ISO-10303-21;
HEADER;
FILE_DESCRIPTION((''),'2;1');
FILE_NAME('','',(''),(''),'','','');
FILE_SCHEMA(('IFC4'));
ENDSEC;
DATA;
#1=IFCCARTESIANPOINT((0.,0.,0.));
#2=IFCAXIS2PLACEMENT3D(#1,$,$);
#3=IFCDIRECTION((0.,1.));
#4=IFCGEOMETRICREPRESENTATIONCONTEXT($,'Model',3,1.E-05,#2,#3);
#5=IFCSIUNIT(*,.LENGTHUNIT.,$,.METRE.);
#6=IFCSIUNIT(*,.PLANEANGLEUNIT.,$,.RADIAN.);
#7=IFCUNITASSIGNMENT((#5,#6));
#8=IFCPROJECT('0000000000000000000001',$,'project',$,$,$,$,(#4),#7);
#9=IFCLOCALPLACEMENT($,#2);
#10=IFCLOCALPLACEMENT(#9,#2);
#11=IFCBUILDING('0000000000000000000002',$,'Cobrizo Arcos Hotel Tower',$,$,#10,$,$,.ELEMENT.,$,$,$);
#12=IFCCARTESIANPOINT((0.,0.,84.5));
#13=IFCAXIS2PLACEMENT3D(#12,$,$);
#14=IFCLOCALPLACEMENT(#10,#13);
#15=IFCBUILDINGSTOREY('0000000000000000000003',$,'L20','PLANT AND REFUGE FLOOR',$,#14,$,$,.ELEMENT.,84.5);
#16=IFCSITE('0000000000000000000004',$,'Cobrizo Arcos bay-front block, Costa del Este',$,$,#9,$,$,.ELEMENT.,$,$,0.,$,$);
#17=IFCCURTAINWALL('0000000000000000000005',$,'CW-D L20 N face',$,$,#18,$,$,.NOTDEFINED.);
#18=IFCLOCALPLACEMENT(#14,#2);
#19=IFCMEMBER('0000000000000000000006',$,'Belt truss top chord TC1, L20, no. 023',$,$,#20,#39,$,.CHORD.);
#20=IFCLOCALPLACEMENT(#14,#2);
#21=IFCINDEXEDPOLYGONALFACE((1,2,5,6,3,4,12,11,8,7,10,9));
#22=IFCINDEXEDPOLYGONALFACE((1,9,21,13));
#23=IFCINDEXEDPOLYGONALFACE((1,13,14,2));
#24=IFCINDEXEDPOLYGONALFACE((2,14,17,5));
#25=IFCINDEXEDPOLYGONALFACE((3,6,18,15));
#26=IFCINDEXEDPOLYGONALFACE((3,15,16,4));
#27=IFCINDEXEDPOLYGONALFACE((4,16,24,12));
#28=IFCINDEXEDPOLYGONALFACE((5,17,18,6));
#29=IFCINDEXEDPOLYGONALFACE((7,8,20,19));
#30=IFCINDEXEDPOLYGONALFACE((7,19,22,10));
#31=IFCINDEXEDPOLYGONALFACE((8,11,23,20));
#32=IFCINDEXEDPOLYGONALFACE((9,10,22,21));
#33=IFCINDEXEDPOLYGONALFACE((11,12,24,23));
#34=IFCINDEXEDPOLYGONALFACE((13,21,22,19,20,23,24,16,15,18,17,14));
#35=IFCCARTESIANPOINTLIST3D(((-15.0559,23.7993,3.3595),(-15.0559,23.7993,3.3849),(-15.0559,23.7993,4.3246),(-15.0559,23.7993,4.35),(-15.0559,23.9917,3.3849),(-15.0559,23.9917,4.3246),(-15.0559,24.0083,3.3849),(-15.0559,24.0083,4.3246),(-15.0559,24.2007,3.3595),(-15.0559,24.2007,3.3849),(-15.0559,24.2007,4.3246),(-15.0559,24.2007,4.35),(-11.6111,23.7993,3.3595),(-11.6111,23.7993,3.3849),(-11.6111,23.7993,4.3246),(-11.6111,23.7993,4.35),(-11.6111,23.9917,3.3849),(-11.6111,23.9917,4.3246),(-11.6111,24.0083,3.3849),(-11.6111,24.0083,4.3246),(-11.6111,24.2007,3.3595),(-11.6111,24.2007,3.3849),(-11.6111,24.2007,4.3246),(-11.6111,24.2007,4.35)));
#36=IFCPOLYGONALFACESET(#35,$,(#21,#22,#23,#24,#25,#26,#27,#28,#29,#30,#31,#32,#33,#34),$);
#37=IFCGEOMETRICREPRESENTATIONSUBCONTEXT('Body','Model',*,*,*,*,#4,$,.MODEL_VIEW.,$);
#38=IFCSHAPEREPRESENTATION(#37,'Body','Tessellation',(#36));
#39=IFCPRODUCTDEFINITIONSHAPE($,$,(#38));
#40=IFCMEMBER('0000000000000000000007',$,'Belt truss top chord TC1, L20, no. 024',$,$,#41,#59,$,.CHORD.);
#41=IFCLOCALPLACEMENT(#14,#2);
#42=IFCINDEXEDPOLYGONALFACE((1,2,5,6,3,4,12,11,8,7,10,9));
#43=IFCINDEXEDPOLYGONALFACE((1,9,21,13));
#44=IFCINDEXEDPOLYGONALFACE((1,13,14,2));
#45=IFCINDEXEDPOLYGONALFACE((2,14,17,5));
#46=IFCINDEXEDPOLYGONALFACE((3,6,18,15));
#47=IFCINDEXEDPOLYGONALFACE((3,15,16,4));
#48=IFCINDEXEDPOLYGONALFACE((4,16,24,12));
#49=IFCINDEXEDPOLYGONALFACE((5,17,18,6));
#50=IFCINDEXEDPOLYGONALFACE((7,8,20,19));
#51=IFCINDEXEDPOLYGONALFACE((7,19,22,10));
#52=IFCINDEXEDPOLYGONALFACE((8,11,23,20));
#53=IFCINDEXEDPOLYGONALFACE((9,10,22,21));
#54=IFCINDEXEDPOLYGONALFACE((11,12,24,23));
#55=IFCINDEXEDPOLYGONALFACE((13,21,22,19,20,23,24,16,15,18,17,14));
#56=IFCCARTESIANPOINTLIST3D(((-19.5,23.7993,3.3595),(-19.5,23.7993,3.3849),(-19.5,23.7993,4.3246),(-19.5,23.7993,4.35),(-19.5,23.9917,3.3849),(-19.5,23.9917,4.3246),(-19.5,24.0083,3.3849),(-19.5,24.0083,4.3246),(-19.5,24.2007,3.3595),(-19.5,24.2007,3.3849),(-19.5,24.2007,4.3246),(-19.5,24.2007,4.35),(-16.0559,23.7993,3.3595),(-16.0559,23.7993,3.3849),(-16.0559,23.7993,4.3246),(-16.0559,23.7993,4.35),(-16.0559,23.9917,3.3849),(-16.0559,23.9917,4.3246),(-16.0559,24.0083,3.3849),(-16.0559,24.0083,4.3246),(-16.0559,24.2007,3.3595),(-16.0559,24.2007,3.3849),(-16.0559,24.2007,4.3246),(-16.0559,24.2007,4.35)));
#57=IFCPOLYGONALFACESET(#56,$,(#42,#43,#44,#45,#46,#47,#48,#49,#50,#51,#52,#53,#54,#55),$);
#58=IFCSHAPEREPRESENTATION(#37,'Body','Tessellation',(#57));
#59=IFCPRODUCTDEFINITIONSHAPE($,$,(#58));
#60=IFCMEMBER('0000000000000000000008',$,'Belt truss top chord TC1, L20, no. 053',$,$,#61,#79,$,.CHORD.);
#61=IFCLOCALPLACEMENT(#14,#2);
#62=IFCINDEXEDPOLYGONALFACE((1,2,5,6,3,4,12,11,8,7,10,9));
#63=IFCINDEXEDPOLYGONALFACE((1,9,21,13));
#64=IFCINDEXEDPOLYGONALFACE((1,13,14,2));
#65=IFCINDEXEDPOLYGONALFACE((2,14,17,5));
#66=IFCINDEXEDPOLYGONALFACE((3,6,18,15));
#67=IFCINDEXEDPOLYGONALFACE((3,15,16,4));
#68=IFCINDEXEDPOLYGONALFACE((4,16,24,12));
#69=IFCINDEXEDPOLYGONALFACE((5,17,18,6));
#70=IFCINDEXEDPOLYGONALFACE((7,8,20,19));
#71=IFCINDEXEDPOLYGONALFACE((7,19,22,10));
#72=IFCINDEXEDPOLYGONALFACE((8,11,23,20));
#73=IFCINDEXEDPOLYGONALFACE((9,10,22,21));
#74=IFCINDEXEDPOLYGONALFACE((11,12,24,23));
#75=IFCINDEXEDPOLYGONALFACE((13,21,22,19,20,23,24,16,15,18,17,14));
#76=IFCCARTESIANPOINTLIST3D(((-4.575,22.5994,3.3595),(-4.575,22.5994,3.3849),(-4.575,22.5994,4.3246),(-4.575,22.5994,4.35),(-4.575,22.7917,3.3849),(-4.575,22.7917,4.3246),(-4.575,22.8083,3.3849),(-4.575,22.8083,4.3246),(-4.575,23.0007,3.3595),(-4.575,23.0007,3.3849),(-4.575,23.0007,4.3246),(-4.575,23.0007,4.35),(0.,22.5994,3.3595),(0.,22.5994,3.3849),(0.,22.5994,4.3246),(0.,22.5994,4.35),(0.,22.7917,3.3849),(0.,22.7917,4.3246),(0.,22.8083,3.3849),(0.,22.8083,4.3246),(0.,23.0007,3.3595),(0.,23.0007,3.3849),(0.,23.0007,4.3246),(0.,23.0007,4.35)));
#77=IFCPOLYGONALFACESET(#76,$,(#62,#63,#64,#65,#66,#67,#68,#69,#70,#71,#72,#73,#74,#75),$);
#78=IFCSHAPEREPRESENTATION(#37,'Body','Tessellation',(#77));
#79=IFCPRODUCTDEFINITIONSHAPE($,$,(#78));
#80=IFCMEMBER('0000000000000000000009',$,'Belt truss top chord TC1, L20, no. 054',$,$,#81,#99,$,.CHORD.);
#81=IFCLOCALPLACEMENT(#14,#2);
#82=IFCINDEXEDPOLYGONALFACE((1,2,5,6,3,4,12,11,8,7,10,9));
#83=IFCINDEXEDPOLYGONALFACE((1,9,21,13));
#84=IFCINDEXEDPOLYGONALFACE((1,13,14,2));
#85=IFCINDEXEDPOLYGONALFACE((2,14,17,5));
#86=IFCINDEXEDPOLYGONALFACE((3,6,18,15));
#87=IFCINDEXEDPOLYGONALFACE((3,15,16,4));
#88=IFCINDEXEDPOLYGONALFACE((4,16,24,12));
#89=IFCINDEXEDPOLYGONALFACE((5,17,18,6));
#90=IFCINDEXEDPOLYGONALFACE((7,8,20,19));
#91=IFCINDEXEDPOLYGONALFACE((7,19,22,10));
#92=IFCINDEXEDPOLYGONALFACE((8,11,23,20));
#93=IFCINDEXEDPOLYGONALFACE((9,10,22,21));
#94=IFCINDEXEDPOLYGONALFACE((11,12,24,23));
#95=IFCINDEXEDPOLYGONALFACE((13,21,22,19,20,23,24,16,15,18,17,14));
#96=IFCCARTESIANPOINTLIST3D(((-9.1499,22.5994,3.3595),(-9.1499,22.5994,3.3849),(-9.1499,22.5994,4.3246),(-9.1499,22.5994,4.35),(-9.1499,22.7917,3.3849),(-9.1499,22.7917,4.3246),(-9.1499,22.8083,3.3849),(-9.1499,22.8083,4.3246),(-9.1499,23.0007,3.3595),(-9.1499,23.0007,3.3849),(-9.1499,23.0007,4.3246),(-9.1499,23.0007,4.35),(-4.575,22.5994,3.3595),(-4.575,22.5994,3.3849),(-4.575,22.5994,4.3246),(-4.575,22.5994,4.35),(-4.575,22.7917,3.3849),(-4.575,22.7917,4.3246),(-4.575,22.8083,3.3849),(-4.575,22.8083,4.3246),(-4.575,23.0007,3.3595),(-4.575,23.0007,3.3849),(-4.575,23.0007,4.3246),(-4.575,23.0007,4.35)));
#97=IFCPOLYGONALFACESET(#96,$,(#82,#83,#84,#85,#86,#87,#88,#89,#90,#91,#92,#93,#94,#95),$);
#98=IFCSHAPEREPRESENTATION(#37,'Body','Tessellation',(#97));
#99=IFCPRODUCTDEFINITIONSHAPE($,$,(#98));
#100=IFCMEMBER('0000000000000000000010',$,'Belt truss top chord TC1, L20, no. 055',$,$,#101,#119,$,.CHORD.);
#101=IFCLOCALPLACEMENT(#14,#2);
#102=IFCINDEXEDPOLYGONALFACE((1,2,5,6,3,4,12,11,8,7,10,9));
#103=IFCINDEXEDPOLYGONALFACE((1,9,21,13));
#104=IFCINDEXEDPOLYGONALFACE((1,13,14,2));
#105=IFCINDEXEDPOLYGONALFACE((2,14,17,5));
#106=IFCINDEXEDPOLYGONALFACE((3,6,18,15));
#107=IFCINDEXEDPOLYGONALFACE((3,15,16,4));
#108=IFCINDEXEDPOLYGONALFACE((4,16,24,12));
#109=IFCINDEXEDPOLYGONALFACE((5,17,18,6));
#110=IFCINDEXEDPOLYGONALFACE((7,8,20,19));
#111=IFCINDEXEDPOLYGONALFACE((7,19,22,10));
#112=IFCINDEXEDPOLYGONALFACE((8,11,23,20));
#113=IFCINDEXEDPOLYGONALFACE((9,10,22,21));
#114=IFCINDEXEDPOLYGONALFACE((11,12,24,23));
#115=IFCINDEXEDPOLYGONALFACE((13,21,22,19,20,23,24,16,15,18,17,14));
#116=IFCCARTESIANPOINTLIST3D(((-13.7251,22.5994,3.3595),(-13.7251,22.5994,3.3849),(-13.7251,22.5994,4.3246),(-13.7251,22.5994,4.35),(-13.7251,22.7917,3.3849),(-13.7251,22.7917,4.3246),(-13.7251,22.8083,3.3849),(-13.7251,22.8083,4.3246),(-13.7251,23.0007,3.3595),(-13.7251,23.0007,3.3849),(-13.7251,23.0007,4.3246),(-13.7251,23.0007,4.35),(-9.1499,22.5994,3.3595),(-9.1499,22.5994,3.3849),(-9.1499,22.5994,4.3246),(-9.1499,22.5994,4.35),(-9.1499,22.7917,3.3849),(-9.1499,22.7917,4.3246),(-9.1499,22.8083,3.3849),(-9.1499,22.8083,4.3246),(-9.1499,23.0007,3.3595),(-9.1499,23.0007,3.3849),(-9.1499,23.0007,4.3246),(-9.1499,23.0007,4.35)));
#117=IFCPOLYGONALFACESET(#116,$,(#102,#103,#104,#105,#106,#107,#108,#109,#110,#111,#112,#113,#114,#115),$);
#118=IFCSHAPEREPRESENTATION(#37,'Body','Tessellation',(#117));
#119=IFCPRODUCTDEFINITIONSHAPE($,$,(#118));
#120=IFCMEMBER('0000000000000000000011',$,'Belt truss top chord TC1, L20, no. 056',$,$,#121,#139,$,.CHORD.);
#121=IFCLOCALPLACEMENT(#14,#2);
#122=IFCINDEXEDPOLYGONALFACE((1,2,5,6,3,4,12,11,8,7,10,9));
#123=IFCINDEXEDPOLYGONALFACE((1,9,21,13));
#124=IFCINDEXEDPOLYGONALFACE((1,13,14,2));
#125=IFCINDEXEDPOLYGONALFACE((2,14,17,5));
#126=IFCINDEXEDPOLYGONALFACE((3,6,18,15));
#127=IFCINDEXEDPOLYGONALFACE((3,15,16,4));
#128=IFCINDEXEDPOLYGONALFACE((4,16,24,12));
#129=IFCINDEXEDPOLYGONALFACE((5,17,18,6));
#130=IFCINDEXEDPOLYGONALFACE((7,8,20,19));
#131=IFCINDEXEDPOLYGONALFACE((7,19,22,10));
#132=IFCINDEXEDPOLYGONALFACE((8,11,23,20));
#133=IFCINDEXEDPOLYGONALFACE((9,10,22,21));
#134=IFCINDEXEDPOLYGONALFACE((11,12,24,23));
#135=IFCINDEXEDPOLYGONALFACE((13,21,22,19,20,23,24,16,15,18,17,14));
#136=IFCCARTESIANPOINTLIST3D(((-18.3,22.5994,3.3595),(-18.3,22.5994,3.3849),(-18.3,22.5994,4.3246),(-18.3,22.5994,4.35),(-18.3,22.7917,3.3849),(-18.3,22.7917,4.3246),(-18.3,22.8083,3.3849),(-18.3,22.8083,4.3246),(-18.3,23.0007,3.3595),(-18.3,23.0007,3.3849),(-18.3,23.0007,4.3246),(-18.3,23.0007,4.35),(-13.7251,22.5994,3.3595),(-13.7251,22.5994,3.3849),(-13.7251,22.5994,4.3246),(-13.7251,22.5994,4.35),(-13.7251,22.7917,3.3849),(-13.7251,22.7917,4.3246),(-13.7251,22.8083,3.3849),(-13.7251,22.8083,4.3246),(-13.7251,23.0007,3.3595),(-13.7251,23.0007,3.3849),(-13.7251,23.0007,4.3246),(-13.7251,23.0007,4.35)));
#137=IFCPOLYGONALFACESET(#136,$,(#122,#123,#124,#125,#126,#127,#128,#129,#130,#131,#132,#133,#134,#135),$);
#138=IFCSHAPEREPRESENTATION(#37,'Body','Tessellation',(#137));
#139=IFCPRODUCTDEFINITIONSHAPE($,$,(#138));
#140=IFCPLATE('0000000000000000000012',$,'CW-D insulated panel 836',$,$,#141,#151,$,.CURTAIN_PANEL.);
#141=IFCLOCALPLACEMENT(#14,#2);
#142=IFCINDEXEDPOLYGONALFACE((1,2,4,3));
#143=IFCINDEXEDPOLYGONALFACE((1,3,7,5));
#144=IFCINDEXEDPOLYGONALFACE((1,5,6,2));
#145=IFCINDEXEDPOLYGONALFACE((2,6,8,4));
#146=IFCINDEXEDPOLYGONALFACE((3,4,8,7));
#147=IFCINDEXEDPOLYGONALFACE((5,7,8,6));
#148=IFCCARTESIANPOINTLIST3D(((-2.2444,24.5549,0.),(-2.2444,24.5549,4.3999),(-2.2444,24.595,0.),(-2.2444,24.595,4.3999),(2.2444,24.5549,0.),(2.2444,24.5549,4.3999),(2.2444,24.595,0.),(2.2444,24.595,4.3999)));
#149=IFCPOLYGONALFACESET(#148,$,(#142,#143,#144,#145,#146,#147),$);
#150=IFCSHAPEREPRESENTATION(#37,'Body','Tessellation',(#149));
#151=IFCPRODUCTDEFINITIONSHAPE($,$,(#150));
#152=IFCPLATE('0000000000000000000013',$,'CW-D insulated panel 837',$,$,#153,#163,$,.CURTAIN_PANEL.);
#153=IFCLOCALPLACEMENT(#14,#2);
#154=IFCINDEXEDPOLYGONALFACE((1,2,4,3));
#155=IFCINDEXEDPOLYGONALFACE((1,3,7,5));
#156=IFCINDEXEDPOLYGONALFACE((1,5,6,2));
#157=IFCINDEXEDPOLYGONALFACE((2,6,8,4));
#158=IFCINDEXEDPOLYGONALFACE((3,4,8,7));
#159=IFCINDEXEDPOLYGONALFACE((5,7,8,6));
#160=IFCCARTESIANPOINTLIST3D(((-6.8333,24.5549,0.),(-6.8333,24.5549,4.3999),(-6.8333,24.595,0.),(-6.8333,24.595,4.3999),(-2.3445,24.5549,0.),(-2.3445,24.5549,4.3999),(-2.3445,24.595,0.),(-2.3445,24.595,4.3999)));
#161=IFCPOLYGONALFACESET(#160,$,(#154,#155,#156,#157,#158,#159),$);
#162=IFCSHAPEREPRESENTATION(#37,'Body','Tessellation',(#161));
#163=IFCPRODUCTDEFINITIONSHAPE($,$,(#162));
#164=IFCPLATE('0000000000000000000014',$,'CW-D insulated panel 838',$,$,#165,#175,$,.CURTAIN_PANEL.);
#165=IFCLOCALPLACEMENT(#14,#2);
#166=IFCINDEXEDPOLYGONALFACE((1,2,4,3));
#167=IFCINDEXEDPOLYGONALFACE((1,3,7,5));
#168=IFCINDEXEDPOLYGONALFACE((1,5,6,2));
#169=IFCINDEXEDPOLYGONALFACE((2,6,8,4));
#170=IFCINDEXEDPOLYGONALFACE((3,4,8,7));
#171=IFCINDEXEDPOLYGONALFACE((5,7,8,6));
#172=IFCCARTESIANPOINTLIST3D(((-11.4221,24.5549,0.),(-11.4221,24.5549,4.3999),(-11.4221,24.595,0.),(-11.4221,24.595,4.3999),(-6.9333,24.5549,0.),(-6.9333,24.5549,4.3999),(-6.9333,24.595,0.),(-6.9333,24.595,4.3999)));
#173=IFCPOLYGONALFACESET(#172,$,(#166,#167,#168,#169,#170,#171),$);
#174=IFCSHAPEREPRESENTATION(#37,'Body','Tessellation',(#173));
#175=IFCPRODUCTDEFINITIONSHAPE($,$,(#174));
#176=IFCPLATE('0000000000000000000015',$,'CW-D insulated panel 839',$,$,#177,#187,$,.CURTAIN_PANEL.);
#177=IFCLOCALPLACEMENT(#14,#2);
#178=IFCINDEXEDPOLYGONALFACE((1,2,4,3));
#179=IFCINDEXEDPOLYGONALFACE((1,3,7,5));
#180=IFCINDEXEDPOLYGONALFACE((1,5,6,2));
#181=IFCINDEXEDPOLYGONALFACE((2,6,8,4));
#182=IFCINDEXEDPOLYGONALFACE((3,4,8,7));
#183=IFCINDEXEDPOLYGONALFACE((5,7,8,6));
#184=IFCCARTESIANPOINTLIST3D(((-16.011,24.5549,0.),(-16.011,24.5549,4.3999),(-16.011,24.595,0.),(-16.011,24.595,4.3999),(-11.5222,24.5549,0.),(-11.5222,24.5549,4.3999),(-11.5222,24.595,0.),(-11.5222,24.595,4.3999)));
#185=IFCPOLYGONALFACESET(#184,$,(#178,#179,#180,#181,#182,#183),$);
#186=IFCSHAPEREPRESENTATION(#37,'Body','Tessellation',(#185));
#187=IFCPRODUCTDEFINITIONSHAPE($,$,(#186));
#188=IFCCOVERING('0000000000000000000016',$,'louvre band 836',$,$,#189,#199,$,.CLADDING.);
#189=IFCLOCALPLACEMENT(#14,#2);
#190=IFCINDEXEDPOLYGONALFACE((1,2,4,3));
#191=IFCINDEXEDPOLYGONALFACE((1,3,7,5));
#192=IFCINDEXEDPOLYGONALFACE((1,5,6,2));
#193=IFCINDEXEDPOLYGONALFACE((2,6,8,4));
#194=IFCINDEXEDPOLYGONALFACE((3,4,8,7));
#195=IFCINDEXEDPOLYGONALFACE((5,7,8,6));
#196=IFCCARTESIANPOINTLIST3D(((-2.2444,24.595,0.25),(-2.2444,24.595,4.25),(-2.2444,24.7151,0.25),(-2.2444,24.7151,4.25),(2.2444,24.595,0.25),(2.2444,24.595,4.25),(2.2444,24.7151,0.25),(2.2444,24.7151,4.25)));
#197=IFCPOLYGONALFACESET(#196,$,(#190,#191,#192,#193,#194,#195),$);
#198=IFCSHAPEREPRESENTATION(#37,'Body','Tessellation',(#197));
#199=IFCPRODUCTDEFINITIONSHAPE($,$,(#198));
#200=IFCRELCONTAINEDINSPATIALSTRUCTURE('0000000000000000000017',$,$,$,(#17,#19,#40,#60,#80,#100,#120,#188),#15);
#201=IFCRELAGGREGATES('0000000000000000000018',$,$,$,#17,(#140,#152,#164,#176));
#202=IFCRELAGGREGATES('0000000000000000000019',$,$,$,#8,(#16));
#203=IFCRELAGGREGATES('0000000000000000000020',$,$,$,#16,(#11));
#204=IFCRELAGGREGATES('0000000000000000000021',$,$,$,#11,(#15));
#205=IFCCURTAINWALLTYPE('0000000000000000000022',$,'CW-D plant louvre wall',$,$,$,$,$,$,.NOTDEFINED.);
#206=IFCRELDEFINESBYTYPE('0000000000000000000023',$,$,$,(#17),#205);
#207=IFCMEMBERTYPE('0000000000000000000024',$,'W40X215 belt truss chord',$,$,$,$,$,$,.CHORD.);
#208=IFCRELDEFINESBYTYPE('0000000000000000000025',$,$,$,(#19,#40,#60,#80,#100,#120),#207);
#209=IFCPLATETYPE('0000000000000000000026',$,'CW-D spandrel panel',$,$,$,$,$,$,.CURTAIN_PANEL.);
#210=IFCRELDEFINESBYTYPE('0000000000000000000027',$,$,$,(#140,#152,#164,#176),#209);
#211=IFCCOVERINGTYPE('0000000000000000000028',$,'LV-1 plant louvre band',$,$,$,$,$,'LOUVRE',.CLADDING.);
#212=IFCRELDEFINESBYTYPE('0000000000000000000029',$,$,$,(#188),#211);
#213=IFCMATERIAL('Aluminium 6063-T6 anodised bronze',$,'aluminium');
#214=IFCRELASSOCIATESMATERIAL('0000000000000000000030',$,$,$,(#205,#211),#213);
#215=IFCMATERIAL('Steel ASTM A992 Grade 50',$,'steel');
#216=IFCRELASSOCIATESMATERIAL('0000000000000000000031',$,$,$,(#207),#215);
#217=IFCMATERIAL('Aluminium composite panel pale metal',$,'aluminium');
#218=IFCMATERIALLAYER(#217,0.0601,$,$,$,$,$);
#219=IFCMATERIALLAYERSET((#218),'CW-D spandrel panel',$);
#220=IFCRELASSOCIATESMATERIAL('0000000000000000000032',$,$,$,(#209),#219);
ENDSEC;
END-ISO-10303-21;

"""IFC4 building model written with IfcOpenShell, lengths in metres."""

from ifc_helpers import new_model, si_unit, direction, frame, origin, origin_2d, place, context, subcontext, project, spatial, rectangle, i_section, extrude, material, layer, layer_set, material_profile, profile_set, type_object, element, aggregate, save


model = new_model("IFC4")

# Units and contexts
model_context = context("Model", 3, precision=1e-05, world=origin(), true_north=direction((0.0, 1.0)))
body_context = subcontext(model_context, "Body", "Model", "MODEL_VIEW")
ifc_project = project(units=[si_unit("LENGTHUNIT", "METRE"), si_unit("PLANEANGLEUNIT", "RADIAN")], contexts=[model_context])

# Site, building, storey
site_placement = place(None, origin())
site = spatial("IfcSite", under=ifc_project, at=site_placement, Name="Cobrizo Arcos bay-front block, Costa del Este", CompositionType="ELEMENT", RefElevation=0.0)
building_placement = place(site_placement, origin())
building = spatial("IfcBuilding", under=site, at=building_placement, Name="Cobrizo Arcos Hotel Tower", CompositionType="ELEMENT")
storey_placement = place(building_placement, frame((0.0, 0.0, 84.5)))
storey = spatial("IfcBuildingStorey", under=building, at=storey_placement, Name="L20", Description="PLANT AND REFUGE FLOOR", CompositionType="ELEMENT", Elevation=84.5)

# Curtain wall
ifc_material_1 = material(Name="Aluminium 6063-T6 anodised bronze", Category="aluminium")
curtain_wall_type = type_object("IfcCurtainWallType", Name="CW-D plant louvre wall", PredefinedType="NOTDEFINED", material=ifc_material_1)
curtain_wall_placement = place(storey_placement, origin())
curtain_wall = element("IfcCurtainWall", 1, at=curtain_wall_placement, inside=storey, type_object=curtain_wall_type, Name="CW-D L20 N face", PredefinedType="NOTDEFINED")

# Members
ifc_material_2 = material(Name="Steel ASTM A992 Grade 50", Category="steel")
ifc_material_profile_1 = material_profile(ifc_material_2, i_section(OverallWidth=0.4014, OverallDepth=0.9905, WebThickness=0.0166, FlangeThickness=0.0254, at=origin_2d()), Name="W40X215")
ifc_profile_set_1 = profile_set([ifc_material_profile_1], Name="Steel ASTM A992 Grade 50")
member_type_1 = type_object("IfcMemberType", Name="W40X215 belt truss chord", PredefinedType="CHORD", material=ifc_profile_set_1)
member_1_placement = place(storey_placement, frame((-11.6111, 24.0, 3.8547), z_axis=(-1.0, 0.0, 0.0), x_axis=(0.0, -1.0, 0.0)))
element("IfcMember", 2, at=member_1_placement, inside=storey, type_object=member_type_1, Name="Belt truss top chord TC1, L20, no. 023", PredefinedType="CHORD", context=body_context, shape_type="SweptSolid", body=[
    extrude(i_section(OverallWidth=0.4014, OverallDepth=0.9905, WebThickness=0.0166, FlangeThickness=0.0254, at=origin_2d()), origin(), (0.0, 0.0, 1.0), 3.4448),
])
member_2_placement = place(storey_placement, frame((-16.0559, 24.0, 3.8547), z_axis=(-1.0, 0.0, 0.0), x_axis=(0.0, -1.0, 0.0)))
element("IfcMember", 3, at=member_2_placement, inside=storey, type_object=member_type_1, Name="Belt truss top chord TC1, L20, no. 024", PredefinedType="CHORD", context=body_context, shape_type="SweptSolid", body=[
    extrude(i_section(OverallWidth=0.4014, OverallDepth=0.9905, WebThickness=0.0166, FlangeThickness=0.0254, at=origin_2d()), origin(), (0.0, 0.0, 1.0), 3.4441),
])
for number, where, z_axis, x_axis, name in (
    (4, (0.0, 22.8, 3.8547), (-1.0, 0.0, 0.0), (0.0, -1.0, 0.0), "Belt truss top chord TC1, L20, no. 053"),
    (5, (-4.575, 22.8, 3.8547), (-1.0, 0.0, 0.0), (0.0, -1.0, 0.0), "Belt truss top chord TC1, L20, no. 054"),
):
    element("IfcMember", number, at=place(storey_placement, frame(where, z_axis=z_axis, x_axis=x_axis)), inside=storey, type_object=member_type_1, Name=name, PredefinedType="CHORD", context=body_context, shape_type="SweptSolid", body=[
        extrude(i_section(OverallWidth=0.4014, OverallDepth=0.9905, WebThickness=0.0166, FlangeThickness=0.0254, at=origin_2d()), origin(), (0.0, 0.0, 1.0), 4.575),
    ])
member_3_placement = place(storey_placement, frame((-9.1499, 22.8, 3.8547), z_axis=(-1.0, 0.0, 0.0), x_axis=(0.0, -1.0, 0.0)))
element("IfcMember", 6, at=member_3_placement, inside=storey, type_object=member_type_1, Name="Belt truss top chord TC1, L20, no. 055", PredefinedType="CHORD", context=body_context, shape_type="SweptSolid", body=[
    extrude(i_section(OverallWidth=0.4014, OverallDepth=0.9905, WebThickness=0.0166, FlangeThickness=0.0254, at=origin_2d()), origin(), (0.0, 0.0, 1.0), 4.5752),
])
member_4_placement = place(storey_placement, frame((-13.7251, 22.8, 3.8547), z_axis=(-1.0, 0.0, 0.0), x_axis=(0.0, -1.0, 0.0)))
element("IfcMember", 7, at=member_4_placement, inside=storey, type_object=member_type_1, Name="Belt truss top chord TC1, L20, no. 056", PredefinedType="CHORD", context=body_context, shape_type="SweptSolid", body=[
    extrude(i_section(OverallWidth=0.4014, OverallDepth=0.9905, WebThickness=0.0166, FlangeThickness=0.0254, at=origin_2d()), origin(), (0.0, 0.0, 1.0), 4.575),
])

# Plates
ifc_material_3 = material(Name="Aluminium composite panel pale metal", Category="aluminium")
ifc_layer = layer(ifc_material_3, 0.0601)
ifc_layer_set = layer_set([ifc_layer], Name="CW-D spandrel panel")
plate_type = type_object("IfcPlateType", Name="CW-D spandrel panel", PredefinedType="CURTAIN_PANEL", material=ifc_layer_set)
plate_1_placement = place(storey_placement, frame((0.0, 24.575, 0.0), z_axis=(0.0, 0.0, 1.0), x_axis=(-1.0, 0.0, 0.0)))
plate_1 = element("IfcPlate", 8, at=plate_1_placement, type_object=plate_type, Name="CW-D insulated panel 836", PredefinedType="CURTAIN_PANEL", context=body_context, shape_type="SweptSolid", body=[
    extrude(rectangle(XDim=4.4888, YDim=0.04, at=origin_2d()), origin(), (0.0, 0.0, 1.0), 4.3999),
])
plate_2_placement = place(storey_placement, frame((-4.5889, 24.575, 0.0), z_axis=(0.0, 0.0, 1.0), x_axis=(-1.0, 0.0, 0.0)))
plate_2 = element("IfcPlate", 9, at=plate_2_placement, type_object=plate_type, Name="CW-D insulated panel 837", PredefinedType="CURTAIN_PANEL", context=body_context, shape_type="SweptSolid", body=[
    extrude(rectangle(XDim=4.4888, YDim=0.04, at=origin_2d()), origin(), (0.0, 0.0, 1.0), 4.3999),
])
plate_3_placement = place(storey_placement, frame((-9.1777, 24.575, 0.0), z_axis=(0.0, 0.0, 1.0), x_axis=(-1.0, 0.0, 0.0)))
plate_3 = element("IfcPlate", 10, at=plate_3_placement, type_object=plate_type, Name="CW-D insulated panel 838", PredefinedType="CURTAIN_PANEL", context=body_context, shape_type="SweptSolid", body=[
    extrude(rectangle(XDim=4.4888, YDim=0.04, at=origin_2d()), origin(), (0.0, 0.0, 1.0), 4.3999),
])
plate_4_placement = place(storey_placement, frame((-13.7666, 24.575, 0.0), z_axis=(0.0, 0.0, 1.0), x_axis=(-1.0, 0.0, 0.0)))
plate_4 = element("IfcPlate", 11, at=plate_4_placement, type_object=plate_type, Name="CW-D insulated panel 839", PredefinedType="CURTAIN_PANEL", context=body_context, shape_type="SweptSolid", body=[
    extrude(rectangle(XDim=4.4888, YDim=0.04, at=origin_2d()), origin(), (0.0, 0.0, 1.0), 4.3999),
])
aggregate(curtain_wall, [plate_1, plate_2, plate_3, plate_4])

# Covering
covering_type = type_object("IfcCoveringType", Name="LV-1 plant louvre band", ElementType="LOUVRE", PredefinedType="CLADDING", material=ifc_material_1)
for number, where, z_axis, x_axis, name in (
    (12, (0.0, 24.655, 0.25), (0.0, 0.0, 1.0), (-1.0, 0.0, 0.0), "louvre band 836"),
):
    element("IfcCovering", number, at=place(storey_placement, frame(where, z_axis=z_axis, x_axis=x_axis)), inside=storey, type_object=covering_type, Name=name, PredefinedType="CLADDING", context=body_context, shape_type="SweptSolid", body=[
        extrude(rectangle(XDim=4.4888, YDim=0.1201, at=origin_2d()), origin(), (0.0, 0.0, 1.0), 4.0),
    ])

save(model, "model.ifc")
